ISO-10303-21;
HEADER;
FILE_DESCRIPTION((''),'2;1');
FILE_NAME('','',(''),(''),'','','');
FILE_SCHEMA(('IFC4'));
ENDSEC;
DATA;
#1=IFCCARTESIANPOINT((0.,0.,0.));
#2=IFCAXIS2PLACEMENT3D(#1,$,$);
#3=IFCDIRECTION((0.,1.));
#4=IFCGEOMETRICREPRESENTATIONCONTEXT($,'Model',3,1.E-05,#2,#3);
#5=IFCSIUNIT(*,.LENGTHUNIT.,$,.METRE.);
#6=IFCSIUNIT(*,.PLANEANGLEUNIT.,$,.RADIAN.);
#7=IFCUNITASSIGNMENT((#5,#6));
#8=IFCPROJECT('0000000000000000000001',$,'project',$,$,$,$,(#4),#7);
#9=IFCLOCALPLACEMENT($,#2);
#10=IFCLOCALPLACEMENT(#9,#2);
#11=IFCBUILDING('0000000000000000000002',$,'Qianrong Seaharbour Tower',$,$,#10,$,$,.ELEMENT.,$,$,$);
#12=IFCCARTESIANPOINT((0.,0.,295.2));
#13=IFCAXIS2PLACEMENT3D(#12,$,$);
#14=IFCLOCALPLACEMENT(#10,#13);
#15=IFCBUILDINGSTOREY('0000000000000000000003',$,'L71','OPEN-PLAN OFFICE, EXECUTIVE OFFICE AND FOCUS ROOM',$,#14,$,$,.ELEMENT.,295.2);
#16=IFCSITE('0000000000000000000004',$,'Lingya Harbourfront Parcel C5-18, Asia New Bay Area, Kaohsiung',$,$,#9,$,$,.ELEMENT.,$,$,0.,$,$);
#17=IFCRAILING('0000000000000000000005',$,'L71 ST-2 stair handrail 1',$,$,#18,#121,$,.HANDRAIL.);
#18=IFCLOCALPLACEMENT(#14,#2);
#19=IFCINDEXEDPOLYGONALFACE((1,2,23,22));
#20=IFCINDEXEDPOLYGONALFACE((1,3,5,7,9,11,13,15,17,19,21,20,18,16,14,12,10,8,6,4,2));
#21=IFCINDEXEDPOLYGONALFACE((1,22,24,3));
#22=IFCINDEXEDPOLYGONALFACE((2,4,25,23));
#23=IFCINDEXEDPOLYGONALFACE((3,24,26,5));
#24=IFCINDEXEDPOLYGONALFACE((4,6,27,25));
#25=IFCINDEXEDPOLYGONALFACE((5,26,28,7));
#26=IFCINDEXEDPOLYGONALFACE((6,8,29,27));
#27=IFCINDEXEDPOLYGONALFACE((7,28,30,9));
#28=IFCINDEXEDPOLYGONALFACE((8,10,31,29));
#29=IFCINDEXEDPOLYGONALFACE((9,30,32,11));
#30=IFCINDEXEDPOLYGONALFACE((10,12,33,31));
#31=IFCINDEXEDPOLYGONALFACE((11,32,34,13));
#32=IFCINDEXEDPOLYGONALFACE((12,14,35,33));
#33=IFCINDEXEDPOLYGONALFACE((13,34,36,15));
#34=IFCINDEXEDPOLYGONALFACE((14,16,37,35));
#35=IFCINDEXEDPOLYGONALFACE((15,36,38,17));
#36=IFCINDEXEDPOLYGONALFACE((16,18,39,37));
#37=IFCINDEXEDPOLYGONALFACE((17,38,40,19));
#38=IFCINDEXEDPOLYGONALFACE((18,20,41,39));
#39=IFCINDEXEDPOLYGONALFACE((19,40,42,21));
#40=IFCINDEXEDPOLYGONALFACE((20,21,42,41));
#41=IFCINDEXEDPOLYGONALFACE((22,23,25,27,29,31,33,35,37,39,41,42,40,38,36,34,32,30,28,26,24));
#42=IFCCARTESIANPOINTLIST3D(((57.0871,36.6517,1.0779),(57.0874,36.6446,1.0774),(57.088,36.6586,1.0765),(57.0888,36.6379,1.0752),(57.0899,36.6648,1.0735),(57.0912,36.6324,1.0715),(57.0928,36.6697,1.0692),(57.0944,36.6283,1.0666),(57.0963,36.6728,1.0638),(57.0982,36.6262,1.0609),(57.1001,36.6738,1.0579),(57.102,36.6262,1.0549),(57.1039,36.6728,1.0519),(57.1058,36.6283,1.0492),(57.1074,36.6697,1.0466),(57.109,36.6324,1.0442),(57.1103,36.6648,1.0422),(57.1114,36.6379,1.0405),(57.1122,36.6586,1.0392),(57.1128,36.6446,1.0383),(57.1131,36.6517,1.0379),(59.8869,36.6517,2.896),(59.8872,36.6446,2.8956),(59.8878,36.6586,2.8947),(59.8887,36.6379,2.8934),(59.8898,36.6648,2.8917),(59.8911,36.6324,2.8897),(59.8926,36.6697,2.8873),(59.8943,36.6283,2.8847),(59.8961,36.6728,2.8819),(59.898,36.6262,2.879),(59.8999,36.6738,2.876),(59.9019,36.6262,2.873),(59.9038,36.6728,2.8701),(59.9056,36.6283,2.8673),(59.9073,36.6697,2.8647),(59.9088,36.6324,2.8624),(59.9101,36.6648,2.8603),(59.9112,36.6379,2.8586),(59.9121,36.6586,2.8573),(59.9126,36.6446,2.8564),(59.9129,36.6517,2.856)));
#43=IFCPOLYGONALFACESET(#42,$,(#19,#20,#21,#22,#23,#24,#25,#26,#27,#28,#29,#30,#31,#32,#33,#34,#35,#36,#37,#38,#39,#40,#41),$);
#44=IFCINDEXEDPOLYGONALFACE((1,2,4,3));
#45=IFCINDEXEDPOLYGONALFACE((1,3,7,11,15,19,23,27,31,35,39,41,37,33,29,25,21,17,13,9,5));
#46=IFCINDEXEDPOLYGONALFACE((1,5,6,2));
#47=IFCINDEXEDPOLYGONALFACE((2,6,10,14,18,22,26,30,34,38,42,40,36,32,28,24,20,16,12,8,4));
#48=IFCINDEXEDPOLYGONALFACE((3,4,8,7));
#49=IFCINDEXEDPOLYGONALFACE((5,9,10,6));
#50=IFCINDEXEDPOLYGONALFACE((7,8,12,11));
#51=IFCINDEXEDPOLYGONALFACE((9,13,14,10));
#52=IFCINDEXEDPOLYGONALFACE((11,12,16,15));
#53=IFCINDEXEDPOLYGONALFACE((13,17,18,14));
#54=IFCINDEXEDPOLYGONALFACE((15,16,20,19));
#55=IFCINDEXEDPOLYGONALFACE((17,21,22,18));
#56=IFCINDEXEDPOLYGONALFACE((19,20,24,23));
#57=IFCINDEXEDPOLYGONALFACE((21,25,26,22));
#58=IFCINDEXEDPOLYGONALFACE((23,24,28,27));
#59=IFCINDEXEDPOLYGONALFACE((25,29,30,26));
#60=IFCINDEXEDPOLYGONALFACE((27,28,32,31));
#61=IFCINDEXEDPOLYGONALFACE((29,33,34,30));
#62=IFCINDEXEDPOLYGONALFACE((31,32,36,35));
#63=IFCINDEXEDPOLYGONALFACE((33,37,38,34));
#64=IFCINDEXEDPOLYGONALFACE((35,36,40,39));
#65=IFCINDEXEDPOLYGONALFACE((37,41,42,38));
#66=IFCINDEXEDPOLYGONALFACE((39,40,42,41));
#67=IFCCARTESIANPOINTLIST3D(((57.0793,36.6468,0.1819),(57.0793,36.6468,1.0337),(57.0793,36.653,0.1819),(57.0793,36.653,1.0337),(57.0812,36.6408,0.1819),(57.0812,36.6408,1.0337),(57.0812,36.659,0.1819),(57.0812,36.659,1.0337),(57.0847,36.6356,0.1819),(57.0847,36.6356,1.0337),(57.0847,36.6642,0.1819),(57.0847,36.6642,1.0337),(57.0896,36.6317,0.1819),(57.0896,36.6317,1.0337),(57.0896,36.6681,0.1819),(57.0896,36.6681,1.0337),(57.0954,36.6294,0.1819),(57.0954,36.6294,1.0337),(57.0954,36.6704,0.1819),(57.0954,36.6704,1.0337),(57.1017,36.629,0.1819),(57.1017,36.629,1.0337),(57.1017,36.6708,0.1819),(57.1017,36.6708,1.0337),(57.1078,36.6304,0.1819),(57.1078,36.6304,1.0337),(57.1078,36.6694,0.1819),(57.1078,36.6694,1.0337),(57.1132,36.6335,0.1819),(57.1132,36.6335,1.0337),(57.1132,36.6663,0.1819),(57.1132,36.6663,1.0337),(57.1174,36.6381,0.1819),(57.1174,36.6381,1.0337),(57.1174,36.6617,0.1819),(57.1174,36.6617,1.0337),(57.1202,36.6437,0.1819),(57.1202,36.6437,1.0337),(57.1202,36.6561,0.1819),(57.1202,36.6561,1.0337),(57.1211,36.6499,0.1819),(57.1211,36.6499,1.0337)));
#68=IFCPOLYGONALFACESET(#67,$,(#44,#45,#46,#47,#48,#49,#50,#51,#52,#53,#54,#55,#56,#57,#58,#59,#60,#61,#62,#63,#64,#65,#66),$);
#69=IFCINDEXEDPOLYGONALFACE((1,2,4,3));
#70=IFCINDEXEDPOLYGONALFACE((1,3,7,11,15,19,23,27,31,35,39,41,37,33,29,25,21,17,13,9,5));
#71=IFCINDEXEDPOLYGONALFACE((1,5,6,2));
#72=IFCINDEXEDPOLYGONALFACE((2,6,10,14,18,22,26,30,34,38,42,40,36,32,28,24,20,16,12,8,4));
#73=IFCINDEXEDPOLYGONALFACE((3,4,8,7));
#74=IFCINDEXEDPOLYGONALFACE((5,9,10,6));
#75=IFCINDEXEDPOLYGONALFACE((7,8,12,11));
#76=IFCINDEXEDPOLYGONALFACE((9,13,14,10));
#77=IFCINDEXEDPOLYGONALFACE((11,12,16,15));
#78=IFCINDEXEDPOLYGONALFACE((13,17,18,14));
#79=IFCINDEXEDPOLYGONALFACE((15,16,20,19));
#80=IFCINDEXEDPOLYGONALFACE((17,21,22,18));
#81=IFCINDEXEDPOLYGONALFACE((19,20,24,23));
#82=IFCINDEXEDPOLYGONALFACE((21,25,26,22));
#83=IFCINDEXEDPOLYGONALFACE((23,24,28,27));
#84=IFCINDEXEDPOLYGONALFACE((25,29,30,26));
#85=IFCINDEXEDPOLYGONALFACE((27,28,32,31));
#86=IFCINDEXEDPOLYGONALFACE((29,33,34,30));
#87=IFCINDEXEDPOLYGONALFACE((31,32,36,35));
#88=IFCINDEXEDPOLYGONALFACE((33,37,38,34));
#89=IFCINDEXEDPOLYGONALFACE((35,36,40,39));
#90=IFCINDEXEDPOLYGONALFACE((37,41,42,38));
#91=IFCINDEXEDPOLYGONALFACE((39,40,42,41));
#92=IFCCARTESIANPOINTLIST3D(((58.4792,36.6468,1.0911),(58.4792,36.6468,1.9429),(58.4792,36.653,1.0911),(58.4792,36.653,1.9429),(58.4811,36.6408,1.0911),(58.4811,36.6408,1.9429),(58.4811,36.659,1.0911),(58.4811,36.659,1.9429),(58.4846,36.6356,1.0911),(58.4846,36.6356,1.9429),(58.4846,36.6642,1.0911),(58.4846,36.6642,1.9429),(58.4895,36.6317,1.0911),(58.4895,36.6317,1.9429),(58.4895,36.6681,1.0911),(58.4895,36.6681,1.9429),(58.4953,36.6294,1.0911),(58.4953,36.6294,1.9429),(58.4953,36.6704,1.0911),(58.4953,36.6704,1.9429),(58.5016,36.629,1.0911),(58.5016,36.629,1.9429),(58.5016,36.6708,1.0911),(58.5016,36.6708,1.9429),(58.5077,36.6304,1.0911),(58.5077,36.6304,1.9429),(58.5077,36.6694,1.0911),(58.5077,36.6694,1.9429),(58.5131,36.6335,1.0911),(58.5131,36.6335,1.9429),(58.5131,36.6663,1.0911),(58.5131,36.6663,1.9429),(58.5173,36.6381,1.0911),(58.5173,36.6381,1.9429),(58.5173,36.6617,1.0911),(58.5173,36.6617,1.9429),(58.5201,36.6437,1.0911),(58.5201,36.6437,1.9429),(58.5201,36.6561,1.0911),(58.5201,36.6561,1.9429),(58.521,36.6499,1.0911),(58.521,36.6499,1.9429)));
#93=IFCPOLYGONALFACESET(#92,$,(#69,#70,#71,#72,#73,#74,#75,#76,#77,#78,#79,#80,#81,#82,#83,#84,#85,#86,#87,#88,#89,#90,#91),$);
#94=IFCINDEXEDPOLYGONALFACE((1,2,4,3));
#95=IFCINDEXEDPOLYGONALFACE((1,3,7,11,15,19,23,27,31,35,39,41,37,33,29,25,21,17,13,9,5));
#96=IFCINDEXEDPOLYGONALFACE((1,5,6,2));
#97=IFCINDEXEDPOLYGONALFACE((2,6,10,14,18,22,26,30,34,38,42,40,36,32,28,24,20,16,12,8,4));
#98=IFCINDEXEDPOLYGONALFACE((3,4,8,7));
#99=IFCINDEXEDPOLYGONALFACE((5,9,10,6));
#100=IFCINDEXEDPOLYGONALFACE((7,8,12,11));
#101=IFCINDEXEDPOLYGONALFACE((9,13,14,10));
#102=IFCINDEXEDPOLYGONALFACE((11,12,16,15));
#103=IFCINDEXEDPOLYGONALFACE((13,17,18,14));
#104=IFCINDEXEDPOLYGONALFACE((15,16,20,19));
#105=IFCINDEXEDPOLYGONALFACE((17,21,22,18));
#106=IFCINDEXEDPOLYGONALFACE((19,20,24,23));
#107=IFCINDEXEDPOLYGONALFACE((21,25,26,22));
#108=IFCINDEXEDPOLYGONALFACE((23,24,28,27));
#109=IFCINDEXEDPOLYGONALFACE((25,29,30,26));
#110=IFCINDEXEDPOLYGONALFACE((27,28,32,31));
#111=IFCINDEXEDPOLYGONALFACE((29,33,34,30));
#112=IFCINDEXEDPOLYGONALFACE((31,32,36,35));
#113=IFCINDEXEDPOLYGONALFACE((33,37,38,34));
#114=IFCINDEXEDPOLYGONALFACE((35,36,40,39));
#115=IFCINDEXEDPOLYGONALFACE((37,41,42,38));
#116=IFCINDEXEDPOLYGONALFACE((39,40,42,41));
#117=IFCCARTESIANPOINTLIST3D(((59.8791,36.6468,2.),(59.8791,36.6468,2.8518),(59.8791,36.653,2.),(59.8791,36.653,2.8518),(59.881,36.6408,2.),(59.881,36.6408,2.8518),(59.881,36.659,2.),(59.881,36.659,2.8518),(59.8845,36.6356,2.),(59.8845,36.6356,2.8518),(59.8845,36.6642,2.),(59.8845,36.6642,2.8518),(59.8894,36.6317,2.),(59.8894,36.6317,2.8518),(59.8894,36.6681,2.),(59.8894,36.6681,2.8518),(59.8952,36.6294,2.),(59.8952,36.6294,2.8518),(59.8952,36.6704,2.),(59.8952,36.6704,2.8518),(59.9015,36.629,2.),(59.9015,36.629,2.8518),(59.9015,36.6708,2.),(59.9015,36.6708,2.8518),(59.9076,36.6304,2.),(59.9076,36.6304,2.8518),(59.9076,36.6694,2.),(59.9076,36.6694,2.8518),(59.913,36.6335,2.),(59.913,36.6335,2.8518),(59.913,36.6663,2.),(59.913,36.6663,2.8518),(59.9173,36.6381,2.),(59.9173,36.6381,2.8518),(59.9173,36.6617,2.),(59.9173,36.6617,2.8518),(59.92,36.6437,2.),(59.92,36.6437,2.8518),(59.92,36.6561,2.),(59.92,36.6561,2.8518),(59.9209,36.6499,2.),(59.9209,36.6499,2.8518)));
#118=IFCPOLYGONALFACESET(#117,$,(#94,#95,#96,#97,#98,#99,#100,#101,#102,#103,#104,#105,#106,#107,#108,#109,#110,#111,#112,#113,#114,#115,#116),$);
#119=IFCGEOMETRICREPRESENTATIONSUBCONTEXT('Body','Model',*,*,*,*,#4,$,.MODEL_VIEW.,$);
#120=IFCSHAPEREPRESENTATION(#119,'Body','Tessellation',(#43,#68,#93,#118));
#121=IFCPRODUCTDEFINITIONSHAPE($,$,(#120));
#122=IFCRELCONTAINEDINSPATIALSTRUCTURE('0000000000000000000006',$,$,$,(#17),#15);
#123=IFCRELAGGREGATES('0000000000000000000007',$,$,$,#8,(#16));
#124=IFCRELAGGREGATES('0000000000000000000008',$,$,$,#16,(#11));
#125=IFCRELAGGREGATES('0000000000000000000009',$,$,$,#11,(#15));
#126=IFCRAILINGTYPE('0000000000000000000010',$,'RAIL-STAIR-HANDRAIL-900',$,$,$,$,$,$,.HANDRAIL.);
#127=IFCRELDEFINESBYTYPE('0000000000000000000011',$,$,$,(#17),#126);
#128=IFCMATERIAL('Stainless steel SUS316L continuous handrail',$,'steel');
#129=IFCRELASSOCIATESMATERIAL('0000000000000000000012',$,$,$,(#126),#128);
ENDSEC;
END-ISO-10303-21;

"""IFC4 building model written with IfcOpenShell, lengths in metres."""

from ifc_helpers import new_model, si_unit, direction, frame, origin, origin_2d, place, context, subcontext, project, spatial, circle, extrude, material, type_object, element, save


model = new_model("IFC4")

# Units and contexts
model_context = context("Model", 3, precision=1e-05, world=origin(), true_north=direction((0.0, 1.0)))
body_context = subcontext(model_context, "Body", "Model", "MODEL_VIEW")
ifc_project = project(units=[si_unit("LENGTHUNIT", "METRE"), si_unit("PLANEANGLEUNIT", "RADIAN")], contexts=[model_context])

# Site, building, storey
site_placement = place(None, origin())
site = spatial("IfcSite", under=ifc_project, at=site_placement, Name="Lingya Harbourfront Parcel C5-18, Asia New Bay Area, Kaohsiung", CompositionType="ELEMENT", RefElevation=0.0)
building_placement = place(site_placement, origin())
building = spatial("IfcBuilding", under=site, at=building_placement, Name="Qianrong Seaharbour Tower", CompositionType="ELEMENT")
storey_placement = place(building_placement, frame((0.0, 0.0, 295.2)))
storey = spatial("IfcBuildingStorey", under=building, at=storey_placement, Name="L71", Description="OPEN-PLAN OFFICE, EXECUTIVE OFFICE AND FOCUS ROOM", CompositionType="ELEMENT", Elevation=295.2)

# Railing
ifc_material_1 = material(Name="Stainless steel SUS316L continuous handrail", Category="steel")
railing_type_1 = type_object("IfcRailingType", Name="RAIL-STAIR-HANDRAIL-900", PredefinedType="HANDRAIL", material=ifc_material_1)
railing_1_placement = place(storey_placement, frame((57.1001, 36.6499, 0.1819)))
element("IfcRailing", 1, at=railing_1_placement, inside=storey, type_object=railing_type_1, Name="L71 ST-2 stair handrail 1", PredefinedType="HANDRAIL", context=body_context, shape_type="SweptSolid", body=[
    extrude(circle(Radius=0.0239, at=origin_2d()), frame((0.0, 0.0, 0.876), z_axis=(0.838684, 0.0, 0.544618), x_axis=(0.0, 1.0, 0.0)), (0.0, 0.0, 1.0), 3.3384),
    extrude(circle(Radius=0.021, at=origin_2d()), origin(), (0.0, 0.0, 1.0), 0.8518),
    extrude(circle(Radius=0.021, at=origin_2d()), frame((1.3999, 0.0, 0.9092)), (0.0, 0.0, 1.0), 0.8518),
    extrude(circle(Radius=0.021, at=origin_2d()), frame((2.7998, 0.0, 1.8181)), (0.0, 0.0, 1.0), 0.8518),
])

save(model, "model.ifc")
